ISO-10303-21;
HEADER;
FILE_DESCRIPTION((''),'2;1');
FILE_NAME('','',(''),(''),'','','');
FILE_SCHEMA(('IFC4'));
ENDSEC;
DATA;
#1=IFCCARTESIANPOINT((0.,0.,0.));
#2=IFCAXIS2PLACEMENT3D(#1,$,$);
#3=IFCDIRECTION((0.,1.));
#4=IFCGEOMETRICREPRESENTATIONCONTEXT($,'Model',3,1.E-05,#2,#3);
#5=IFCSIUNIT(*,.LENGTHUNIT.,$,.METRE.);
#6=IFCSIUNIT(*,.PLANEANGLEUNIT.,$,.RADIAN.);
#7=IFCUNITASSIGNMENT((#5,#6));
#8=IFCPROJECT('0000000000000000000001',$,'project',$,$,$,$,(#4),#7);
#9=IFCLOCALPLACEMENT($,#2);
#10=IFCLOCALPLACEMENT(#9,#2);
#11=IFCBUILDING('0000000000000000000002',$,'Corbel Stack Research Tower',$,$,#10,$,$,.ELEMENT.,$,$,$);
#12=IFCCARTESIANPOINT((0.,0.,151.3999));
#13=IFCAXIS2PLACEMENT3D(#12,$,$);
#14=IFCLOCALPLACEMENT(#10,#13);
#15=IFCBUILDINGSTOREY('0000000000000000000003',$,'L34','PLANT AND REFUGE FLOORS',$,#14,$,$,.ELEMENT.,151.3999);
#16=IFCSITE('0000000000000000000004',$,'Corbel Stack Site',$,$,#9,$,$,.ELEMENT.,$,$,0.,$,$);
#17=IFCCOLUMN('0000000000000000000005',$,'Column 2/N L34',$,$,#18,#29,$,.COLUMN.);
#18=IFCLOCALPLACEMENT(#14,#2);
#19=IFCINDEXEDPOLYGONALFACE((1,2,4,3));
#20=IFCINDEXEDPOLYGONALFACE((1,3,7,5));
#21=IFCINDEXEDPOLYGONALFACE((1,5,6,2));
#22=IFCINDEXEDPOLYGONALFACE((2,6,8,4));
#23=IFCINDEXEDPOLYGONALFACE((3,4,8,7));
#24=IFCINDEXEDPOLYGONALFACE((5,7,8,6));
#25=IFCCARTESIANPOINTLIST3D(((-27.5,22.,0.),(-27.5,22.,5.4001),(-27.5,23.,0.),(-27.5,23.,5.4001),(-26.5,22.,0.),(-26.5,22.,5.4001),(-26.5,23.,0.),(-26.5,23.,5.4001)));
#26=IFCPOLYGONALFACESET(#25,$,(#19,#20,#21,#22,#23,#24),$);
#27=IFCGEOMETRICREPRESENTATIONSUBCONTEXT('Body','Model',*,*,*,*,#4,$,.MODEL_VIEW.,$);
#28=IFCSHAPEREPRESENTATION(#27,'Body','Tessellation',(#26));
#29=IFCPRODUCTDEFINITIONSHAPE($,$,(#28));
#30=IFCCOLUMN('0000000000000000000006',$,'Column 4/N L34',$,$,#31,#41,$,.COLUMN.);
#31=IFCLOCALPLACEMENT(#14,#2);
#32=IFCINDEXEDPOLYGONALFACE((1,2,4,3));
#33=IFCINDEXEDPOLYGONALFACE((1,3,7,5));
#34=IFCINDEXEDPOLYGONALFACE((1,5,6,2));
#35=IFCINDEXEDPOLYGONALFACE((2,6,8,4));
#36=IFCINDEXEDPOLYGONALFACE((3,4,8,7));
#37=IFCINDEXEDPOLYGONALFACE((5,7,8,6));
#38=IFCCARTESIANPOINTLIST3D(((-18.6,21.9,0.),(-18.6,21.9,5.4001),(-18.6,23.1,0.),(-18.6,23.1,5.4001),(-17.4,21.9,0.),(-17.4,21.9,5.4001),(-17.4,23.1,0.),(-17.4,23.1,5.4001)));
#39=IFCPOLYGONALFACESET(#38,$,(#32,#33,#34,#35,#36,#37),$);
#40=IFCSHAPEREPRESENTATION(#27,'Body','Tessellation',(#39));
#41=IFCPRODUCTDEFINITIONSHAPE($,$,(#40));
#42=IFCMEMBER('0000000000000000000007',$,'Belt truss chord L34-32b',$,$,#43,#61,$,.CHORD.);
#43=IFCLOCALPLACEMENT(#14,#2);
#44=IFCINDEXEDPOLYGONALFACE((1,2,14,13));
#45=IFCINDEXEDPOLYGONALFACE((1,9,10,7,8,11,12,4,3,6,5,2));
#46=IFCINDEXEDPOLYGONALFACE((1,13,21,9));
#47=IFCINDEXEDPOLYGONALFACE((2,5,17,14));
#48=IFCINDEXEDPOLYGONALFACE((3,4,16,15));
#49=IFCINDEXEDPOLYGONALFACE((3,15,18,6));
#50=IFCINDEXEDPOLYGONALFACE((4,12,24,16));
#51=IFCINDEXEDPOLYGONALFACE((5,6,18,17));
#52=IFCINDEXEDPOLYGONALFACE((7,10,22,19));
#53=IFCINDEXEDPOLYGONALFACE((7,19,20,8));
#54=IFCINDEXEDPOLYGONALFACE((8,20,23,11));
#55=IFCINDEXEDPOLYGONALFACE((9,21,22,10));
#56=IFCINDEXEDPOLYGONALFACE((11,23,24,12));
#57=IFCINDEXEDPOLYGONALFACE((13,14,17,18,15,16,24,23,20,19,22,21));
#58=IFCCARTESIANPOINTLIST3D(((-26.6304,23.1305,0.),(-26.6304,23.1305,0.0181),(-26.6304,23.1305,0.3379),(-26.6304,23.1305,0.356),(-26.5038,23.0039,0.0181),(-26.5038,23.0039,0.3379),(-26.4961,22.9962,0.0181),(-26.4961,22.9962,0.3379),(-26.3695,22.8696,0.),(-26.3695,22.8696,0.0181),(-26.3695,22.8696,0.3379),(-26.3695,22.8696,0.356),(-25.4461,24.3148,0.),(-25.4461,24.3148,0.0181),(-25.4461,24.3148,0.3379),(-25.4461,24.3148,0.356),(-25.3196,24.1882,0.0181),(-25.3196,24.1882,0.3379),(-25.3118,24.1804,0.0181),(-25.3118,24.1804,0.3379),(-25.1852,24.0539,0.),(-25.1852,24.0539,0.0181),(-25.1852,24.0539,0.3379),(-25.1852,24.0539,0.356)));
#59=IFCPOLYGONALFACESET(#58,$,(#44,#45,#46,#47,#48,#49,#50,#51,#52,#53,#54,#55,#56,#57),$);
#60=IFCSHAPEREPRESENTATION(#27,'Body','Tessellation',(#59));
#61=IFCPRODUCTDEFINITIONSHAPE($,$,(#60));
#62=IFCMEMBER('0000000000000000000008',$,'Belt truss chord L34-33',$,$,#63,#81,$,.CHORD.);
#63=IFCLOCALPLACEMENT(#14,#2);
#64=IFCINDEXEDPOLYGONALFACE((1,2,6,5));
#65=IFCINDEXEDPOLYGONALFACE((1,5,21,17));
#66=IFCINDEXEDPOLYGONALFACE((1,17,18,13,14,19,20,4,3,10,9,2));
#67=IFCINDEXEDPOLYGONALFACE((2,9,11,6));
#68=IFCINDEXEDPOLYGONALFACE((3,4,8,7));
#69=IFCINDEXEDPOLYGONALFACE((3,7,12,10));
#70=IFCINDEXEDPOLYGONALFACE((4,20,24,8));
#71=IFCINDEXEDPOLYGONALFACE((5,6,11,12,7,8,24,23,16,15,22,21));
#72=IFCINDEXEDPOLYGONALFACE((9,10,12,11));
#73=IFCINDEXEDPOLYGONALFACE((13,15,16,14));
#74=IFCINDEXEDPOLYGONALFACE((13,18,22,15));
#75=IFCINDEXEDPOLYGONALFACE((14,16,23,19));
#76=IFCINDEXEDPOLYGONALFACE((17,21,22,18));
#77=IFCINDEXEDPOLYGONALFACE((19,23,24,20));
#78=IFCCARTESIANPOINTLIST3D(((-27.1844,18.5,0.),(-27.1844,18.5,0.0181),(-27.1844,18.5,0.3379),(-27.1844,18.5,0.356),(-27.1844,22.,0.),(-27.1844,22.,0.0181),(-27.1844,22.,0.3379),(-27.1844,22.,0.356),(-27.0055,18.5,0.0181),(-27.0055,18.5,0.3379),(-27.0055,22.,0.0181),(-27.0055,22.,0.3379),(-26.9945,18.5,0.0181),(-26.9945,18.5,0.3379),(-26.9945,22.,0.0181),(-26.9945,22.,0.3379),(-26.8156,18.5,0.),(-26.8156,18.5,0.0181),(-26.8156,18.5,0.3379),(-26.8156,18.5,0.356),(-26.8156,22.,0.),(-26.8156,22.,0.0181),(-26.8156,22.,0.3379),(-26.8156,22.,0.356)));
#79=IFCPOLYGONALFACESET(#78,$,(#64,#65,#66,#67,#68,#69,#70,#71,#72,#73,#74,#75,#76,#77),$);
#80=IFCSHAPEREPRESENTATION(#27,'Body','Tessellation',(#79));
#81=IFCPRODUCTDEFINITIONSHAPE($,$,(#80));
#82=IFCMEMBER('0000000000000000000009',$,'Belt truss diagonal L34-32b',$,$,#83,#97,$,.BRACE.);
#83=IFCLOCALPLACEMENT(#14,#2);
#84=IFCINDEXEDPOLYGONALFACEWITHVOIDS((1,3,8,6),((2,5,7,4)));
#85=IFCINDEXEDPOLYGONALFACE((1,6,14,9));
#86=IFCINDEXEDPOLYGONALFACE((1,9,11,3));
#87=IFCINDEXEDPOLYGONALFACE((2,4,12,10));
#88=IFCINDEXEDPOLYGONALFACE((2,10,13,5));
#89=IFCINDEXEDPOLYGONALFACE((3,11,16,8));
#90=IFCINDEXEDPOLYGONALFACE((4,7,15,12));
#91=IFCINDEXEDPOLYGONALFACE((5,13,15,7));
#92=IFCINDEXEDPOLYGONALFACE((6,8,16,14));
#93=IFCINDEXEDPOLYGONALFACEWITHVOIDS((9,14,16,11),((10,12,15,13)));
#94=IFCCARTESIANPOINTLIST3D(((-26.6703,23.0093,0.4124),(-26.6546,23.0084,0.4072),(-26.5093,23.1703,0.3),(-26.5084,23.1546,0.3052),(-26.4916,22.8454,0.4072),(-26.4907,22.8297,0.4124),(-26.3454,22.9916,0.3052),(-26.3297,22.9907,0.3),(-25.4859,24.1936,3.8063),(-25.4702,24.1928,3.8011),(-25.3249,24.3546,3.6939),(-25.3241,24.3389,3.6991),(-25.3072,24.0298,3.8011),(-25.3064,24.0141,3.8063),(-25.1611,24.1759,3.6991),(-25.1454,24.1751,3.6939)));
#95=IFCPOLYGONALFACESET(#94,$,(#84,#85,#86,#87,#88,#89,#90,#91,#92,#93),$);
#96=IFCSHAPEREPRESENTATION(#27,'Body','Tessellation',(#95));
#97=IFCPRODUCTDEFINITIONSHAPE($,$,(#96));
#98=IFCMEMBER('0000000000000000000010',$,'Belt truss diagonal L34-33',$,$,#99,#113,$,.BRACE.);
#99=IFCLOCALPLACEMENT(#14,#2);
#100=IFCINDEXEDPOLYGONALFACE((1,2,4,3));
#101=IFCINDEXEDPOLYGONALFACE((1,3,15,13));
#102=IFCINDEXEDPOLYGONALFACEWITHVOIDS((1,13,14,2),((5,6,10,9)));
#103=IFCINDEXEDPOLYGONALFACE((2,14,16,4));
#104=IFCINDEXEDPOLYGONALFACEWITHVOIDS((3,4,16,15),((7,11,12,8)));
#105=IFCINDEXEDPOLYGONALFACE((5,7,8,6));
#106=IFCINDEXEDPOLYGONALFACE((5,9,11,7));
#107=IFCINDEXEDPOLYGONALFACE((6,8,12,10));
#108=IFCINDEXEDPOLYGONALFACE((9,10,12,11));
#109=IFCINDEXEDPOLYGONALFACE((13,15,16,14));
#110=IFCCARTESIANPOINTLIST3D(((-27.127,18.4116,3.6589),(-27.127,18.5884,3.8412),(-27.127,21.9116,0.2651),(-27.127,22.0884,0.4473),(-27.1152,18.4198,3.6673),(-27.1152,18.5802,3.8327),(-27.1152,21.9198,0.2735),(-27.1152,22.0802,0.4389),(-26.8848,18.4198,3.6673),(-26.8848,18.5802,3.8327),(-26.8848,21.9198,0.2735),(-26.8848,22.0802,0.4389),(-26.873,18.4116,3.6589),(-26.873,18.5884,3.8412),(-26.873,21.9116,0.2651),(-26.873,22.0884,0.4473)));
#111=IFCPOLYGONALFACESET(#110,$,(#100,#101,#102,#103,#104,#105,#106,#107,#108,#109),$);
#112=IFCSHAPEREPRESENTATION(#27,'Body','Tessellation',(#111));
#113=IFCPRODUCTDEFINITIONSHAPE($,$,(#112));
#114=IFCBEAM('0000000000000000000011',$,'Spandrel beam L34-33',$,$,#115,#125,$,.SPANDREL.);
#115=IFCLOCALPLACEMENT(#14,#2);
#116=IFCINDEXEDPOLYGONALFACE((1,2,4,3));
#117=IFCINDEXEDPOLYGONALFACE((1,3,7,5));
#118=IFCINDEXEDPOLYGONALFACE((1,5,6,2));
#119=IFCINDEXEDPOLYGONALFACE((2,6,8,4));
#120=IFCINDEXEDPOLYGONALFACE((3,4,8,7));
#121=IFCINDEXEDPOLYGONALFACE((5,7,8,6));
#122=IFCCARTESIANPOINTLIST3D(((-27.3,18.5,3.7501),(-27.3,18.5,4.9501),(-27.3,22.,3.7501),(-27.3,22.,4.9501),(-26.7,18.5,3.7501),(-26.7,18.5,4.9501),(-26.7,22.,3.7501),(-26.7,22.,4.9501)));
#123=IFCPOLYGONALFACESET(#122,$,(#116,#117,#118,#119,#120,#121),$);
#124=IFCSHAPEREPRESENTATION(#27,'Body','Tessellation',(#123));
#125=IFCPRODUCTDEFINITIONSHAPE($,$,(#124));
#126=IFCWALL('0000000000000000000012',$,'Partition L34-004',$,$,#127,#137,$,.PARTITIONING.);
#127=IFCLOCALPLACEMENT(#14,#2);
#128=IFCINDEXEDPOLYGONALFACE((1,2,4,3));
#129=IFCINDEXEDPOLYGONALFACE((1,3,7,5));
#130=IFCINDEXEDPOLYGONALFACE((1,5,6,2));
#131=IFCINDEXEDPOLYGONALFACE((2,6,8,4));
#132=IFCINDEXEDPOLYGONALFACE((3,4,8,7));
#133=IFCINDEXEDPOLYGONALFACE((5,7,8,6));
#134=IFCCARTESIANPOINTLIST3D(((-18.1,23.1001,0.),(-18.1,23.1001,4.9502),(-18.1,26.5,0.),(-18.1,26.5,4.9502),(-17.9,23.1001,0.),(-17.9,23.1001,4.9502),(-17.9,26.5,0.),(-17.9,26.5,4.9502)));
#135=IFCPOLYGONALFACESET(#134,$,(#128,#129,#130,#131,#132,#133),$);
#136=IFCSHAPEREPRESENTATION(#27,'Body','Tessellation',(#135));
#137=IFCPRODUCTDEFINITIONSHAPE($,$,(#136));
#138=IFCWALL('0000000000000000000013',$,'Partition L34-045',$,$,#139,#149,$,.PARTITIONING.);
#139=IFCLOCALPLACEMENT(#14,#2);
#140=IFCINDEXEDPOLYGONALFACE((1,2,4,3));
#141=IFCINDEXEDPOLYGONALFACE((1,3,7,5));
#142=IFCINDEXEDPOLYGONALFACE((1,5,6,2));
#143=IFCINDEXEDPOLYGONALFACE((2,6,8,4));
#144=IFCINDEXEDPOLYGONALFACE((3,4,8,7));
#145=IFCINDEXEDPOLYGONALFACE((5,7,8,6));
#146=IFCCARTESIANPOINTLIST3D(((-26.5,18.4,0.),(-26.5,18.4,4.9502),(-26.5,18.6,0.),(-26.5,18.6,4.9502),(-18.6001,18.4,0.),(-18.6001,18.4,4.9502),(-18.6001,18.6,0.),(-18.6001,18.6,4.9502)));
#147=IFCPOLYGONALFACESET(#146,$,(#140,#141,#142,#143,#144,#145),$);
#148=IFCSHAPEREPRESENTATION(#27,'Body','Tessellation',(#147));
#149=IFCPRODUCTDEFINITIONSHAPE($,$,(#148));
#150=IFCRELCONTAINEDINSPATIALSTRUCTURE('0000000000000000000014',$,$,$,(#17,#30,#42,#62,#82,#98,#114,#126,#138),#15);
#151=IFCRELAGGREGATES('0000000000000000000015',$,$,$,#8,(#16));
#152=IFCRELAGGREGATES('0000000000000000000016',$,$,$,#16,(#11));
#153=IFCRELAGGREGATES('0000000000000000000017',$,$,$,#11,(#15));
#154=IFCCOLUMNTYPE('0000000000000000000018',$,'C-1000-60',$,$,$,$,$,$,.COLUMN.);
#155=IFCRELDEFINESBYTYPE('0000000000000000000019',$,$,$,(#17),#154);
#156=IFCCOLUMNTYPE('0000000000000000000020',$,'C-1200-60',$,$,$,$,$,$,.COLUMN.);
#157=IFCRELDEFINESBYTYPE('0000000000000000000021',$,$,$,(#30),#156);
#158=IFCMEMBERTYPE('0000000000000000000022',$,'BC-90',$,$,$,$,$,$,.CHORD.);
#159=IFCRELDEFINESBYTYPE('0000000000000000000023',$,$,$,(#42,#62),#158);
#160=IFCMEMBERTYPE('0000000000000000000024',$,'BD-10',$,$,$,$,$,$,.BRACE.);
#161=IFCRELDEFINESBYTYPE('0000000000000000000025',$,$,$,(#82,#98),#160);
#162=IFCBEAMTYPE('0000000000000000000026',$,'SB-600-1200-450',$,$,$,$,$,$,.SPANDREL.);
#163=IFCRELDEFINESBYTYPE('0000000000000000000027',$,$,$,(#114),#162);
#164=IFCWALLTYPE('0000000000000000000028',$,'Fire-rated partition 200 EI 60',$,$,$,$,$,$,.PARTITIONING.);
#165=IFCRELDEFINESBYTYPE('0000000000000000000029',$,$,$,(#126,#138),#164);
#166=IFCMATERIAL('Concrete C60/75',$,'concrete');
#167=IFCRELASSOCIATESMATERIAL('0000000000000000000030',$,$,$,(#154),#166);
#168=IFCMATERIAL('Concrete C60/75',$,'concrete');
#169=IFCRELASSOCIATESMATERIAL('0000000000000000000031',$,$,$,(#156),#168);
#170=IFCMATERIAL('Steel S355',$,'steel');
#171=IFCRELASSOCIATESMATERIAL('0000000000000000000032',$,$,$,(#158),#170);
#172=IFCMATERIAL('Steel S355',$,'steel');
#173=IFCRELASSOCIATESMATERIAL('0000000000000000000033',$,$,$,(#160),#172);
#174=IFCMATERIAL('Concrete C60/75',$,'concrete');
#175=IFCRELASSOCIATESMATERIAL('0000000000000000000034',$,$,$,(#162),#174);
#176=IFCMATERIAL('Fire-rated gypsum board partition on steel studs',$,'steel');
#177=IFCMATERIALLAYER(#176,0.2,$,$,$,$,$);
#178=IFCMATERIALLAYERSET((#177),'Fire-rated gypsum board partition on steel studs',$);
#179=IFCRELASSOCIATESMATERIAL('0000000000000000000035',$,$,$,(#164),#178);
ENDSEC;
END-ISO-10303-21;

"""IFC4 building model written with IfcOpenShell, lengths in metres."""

from ifc_helpers import new_model, si_unit, direction, frame, frame_2d, origin, origin_2d, place, context, subcontext, project, spatial, rectangle, hollow_rectangle, i_section, extrude, material, layer, layer_set, material_profile, profile_set, type_object, element, save


model = new_model("IFC4")

# Units and contexts
model_context = context("Model", 3, precision=1e-05, world=origin(), true_north=direction((0.0, 1.0)))
body_context = subcontext(model_context, "Body", "Model", "MODEL_VIEW")
ifc_project = project(units=[si_unit("LENGTHUNIT", "METRE"), si_unit("PLANEANGLEUNIT", "RADIAN")], contexts=[model_context])

# Site, building, storey
site_placement = place(None, origin())
site = spatial("IfcSite", under=ifc_project, at=site_placement, Name="Corbel Stack Site", CompositionType="ELEMENT", RefElevation=0.0)
building_placement = place(site_placement, origin())
building = spatial("IfcBuilding", under=site, at=building_placement, Name="Corbel Stack Research Tower", CompositionType="ELEMENT")
storey_placement = place(building_placement, frame((0.0, 0.0, 151.3999)))
storey = spatial("IfcBuildingStorey", under=building, at=storey_placement, Name="L34", Description="PLANT AND REFUGE FLOORS", CompositionType="ELEMENT", Elevation=151.3999)

# Columns
ifc_material_1 = material(Name="Concrete C60/75", Category="concrete")
ifc_material_profile_1 = material_profile(ifc_material_1, rectangle(XDim=1.0, YDim=1.0, at=origin_2d()), Name="RC 1000 x 1000")
ifc_profile_set_1 = profile_set([ifc_material_profile_1], Name="Concrete C60/75")
column_type_1 = type_object("IfcColumnType", Name="C-1000-60", PredefinedType="COLUMN", material=ifc_profile_set_1)
column_1_placement = place(storey_placement, frame((-27.0, 22.5, 0.0), z_axis=(0.0, 0.0, 1.0), x_axis=(1.0, 0.0, 0.0)))
element("IfcColumn", 1, at=column_1_placement, inside=storey, type_object=column_type_1, Name="Column 2/N L34", PredefinedType="COLUMN", context=body_context, shape_type="SweptSolid", body=[
    extrude(rectangle(XDim=1.0, YDim=1.0, at=origin_2d()), origin(), (0.0, 0.0, 1.0), 5.4001),
])
ifc_material_2 = material(Name="Concrete C60/75", Category="concrete")
ifc_material_profile_2 = material_profile(ifc_material_2, rectangle(XDim=1.2, YDim=1.2, at=origin_2d()), Name="RC 1200 x 1200")
ifc_profile_set_2 = profile_set([ifc_material_profile_2], Name="Concrete C60/75")
column_type_2 = type_object("IfcColumnType", Name="C-1200-60", PredefinedType="COLUMN", material=ifc_profile_set_2)
column_2_placement = place(storey_placement, frame((-18.0, 22.5, 0.0), z_axis=(0.0, 0.0, 1.0), x_axis=(1.0, 0.0, 0.0)))
element("IfcColumn", 2, at=column_2_placement, inside=storey, type_object=column_type_2, Name="Column 4/N L34", PredefinedType="COLUMN", context=body_context, shape_type="SweptSolid", body=[
    extrude(rectangle(XDim=1.2, YDim=1.2, at=origin_2d()), origin(), (0.0, 0.0, 1.0), 5.4001),
])

# Members
ifc_material_3 = material(Name="Steel S355", Category="steel")
ifc_material_profile_3 = material_profile(ifc_material_3, i_section(OverallWidth=0.3689, OverallDepth=0.356, WebThickness=0.011, FlangeThickness=0.0181, at=origin_2d()), Name="W14x90")
ifc_profile_set_3 = profile_set([ifc_material_profile_3], Name="Steel S355")
member_type_1 = type_object("IfcMemberType", Name="BC-90", PredefinedType="CHORD", material=ifc_profile_set_3)
member_1_placement = place(storey_placement, frame((-25.3157, 24.1843, 0.178), z_axis=(-0.707107, -0.707107, 0.0), x_axis=(0.707107, -0.707107, 0.0)))
element("IfcMember", 3, at=member_1_placement, inside=storey, type_object=member_type_1, Name="Belt truss chord L34-32b", PredefinedType="CHORD", context=body_context, shape_type="SweptSolid", body=[
    extrude(i_section(OverallWidth=0.3689, OverallDepth=0.356, WebThickness=0.011, FlangeThickness=0.0181, at=origin_2d()), origin(), (0.0, 0.0, 1.0), 1.6748),
])
member_2_placement = place(storey_placement, frame((-27.0, 22.0, 0.178), z_axis=(0.0, -1.0, 0.0), x_axis=(1.0, 0.0, 0.0)))
element("IfcMember", 4, at=member_2_placement, inside=storey, type_object=member_type_1, Name="Belt truss chord L34-33", PredefinedType="CHORD", context=body_context, shape_type="SweptSolid", body=[
    extrude(i_section(OverallWidth=0.3689, OverallDepth=0.356, WebThickness=0.011, FlangeThickness=0.0181, at=origin_2d()), origin(), (0.0, 0.0, 1.0), 3.5),
])
ifc_material_4 = material(Name="Steel S355", Category="steel")
ifc_material_profile_4 = material_profile(ifc_material_4, hollow_rectangle(XDim=0.2539, YDim=0.2539, WallThickness=0.0117, at=origin_2d()), Name="HSS10x10x1/2")
ifc_profile_set_4 = profile_set([ifc_material_profile_4], Name="Steel S355")
member_type_2 = type_object("IfcMemberType", Name="BD-10", PredefinedType="BRACE", material=ifc_profile_set_4)
member_3_placement = place(storey_placement, frame((-26.5, 23.0, 0.3562), z_axis=(0.312934, 0.312934, 0.896741), x_axis=(-0.707107, 0.707107, 0.0)))
element("IfcMember", 5, at=member_3_placement, inside=storey, type_object=member_type_2, Name="Belt truss diagonal L34-32b", PredefinedType="BRACE", context=body_context, shape_type="SweptSolid", body=[
    extrude(hollow_rectangle(XDim=0.2539, YDim=0.2539, WallThickness=0.0117, at=origin_2d()), origin(), (0.0, 0.0, 1.0), 3.7847),
])
member_4_placement = place(storey_placement, frame((-27.0, 22.0, 0.3562), z_axis=(0.0, -0.717915, 0.696131), x_axis=(1.0, 0.0, 0.0)))
element("IfcMember", 6, at=member_4_placement, inside=storey, type_object=member_type_2, Name="Belt truss diagonal L34-33", PredefinedType="BRACE", context=body_context, shape_type="SweptSolid", body=[
    extrude(hollow_rectangle(XDim=0.2539, YDim=0.2539, WallThickness=0.0117, at=origin_2d()), origin(), (0.0, 0.0, 1.0), 4.8752),
])

# Beam
ifc_material_5 = material(Name="Concrete C60/75", Category="concrete")
ifc_material_profile_5 = material_profile(ifc_material_5, rectangle(XDim=0.6001, YDim=1.2, at=origin_2d()), Name="RC 600 x 1200")
ifc_profile_set_5 = profile_set([ifc_material_profile_5], Name="Concrete C60/75")
beam_type = type_object("IfcBeamType", Name="SB-600-1200-450", PredefinedType="SPANDREL", material=ifc_profile_set_5)
beam_placement = place(storey_placement, frame((-27.0, 22.0, 4.3501), z_axis=(0.0, -1.0, 0.0), x_axis=(1.0, 0.0, 0.0)))
element("IfcBeam", 7, at=beam_placement, inside=storey, type_object=beam_type, Name="Spandrel beam L34-33", PredefinedType="SPANDREL", context=body_context, shape_type="SweptSolid", body=[
    extrude(rectangle(XDim=0.6001, YDim=1.2, at=origin_2d()), origin(), (0.0, 0.0, 1.0), 3.5),
])

# Walls
ifc_material_6 = material(Name="Fire-rated gypsum board partition on steel studs", Category="steel")
ifc_layer_1 = layer(ifc_material_6, 0.2)
ifc_layer_set_1 = layer_set([ifc_layer_1], Name="Fire-rated gypsum board partition on steel studs")
wall_type_1 = type_object("IfcWallType", Name="Fire-rated partition 200 EI 60", PredefinedType="PARTITIONING", material=ifc_layer_set_1)
wall_1_placement = place(storey_placement, frame((-18.0, 23.1001, 0.0), z_axis=(0.0, 0.0, 1.0), x_axis=(0.0, 1.0, 0.0)))
element("IfcWall", 8, at=wall_1_placement, inside=storey, type_object=wall_type_1, Name="Partition L34-004", PredefinedType="PARTITIONING", context=body_context, shape_type="SweptSolid", body=[
    extrude(rectangle(XDim=3.3999, YDim=0.2, at=frame_2d((1.7, 0.0))), origin(), (0.0, 0.0, 1.0), 4.9502),
])
wall_2_placement = place(storey_placement, frame((-26.5, 18.5, 0.0), z_axis=(0.0, 0.0, 1.0), x_axis=(1.0, 0.0, 0.0)))
element("IfcWall", 9, at=wall_2_placement, inside=storey, type_object=wall_type_1, Name="Partition L34-045", PredefinedType="PARTITIONING", context=body_context, shape_type="SweptSolid", body=[
    extrude(rectangle(XDim=7.8999, YDim=0.2, at=frame_2d((3.95, 0.0))), origin(), (0.0, 0.0, 1.0), 4.9502),
])

save(model, "model.ifc")
